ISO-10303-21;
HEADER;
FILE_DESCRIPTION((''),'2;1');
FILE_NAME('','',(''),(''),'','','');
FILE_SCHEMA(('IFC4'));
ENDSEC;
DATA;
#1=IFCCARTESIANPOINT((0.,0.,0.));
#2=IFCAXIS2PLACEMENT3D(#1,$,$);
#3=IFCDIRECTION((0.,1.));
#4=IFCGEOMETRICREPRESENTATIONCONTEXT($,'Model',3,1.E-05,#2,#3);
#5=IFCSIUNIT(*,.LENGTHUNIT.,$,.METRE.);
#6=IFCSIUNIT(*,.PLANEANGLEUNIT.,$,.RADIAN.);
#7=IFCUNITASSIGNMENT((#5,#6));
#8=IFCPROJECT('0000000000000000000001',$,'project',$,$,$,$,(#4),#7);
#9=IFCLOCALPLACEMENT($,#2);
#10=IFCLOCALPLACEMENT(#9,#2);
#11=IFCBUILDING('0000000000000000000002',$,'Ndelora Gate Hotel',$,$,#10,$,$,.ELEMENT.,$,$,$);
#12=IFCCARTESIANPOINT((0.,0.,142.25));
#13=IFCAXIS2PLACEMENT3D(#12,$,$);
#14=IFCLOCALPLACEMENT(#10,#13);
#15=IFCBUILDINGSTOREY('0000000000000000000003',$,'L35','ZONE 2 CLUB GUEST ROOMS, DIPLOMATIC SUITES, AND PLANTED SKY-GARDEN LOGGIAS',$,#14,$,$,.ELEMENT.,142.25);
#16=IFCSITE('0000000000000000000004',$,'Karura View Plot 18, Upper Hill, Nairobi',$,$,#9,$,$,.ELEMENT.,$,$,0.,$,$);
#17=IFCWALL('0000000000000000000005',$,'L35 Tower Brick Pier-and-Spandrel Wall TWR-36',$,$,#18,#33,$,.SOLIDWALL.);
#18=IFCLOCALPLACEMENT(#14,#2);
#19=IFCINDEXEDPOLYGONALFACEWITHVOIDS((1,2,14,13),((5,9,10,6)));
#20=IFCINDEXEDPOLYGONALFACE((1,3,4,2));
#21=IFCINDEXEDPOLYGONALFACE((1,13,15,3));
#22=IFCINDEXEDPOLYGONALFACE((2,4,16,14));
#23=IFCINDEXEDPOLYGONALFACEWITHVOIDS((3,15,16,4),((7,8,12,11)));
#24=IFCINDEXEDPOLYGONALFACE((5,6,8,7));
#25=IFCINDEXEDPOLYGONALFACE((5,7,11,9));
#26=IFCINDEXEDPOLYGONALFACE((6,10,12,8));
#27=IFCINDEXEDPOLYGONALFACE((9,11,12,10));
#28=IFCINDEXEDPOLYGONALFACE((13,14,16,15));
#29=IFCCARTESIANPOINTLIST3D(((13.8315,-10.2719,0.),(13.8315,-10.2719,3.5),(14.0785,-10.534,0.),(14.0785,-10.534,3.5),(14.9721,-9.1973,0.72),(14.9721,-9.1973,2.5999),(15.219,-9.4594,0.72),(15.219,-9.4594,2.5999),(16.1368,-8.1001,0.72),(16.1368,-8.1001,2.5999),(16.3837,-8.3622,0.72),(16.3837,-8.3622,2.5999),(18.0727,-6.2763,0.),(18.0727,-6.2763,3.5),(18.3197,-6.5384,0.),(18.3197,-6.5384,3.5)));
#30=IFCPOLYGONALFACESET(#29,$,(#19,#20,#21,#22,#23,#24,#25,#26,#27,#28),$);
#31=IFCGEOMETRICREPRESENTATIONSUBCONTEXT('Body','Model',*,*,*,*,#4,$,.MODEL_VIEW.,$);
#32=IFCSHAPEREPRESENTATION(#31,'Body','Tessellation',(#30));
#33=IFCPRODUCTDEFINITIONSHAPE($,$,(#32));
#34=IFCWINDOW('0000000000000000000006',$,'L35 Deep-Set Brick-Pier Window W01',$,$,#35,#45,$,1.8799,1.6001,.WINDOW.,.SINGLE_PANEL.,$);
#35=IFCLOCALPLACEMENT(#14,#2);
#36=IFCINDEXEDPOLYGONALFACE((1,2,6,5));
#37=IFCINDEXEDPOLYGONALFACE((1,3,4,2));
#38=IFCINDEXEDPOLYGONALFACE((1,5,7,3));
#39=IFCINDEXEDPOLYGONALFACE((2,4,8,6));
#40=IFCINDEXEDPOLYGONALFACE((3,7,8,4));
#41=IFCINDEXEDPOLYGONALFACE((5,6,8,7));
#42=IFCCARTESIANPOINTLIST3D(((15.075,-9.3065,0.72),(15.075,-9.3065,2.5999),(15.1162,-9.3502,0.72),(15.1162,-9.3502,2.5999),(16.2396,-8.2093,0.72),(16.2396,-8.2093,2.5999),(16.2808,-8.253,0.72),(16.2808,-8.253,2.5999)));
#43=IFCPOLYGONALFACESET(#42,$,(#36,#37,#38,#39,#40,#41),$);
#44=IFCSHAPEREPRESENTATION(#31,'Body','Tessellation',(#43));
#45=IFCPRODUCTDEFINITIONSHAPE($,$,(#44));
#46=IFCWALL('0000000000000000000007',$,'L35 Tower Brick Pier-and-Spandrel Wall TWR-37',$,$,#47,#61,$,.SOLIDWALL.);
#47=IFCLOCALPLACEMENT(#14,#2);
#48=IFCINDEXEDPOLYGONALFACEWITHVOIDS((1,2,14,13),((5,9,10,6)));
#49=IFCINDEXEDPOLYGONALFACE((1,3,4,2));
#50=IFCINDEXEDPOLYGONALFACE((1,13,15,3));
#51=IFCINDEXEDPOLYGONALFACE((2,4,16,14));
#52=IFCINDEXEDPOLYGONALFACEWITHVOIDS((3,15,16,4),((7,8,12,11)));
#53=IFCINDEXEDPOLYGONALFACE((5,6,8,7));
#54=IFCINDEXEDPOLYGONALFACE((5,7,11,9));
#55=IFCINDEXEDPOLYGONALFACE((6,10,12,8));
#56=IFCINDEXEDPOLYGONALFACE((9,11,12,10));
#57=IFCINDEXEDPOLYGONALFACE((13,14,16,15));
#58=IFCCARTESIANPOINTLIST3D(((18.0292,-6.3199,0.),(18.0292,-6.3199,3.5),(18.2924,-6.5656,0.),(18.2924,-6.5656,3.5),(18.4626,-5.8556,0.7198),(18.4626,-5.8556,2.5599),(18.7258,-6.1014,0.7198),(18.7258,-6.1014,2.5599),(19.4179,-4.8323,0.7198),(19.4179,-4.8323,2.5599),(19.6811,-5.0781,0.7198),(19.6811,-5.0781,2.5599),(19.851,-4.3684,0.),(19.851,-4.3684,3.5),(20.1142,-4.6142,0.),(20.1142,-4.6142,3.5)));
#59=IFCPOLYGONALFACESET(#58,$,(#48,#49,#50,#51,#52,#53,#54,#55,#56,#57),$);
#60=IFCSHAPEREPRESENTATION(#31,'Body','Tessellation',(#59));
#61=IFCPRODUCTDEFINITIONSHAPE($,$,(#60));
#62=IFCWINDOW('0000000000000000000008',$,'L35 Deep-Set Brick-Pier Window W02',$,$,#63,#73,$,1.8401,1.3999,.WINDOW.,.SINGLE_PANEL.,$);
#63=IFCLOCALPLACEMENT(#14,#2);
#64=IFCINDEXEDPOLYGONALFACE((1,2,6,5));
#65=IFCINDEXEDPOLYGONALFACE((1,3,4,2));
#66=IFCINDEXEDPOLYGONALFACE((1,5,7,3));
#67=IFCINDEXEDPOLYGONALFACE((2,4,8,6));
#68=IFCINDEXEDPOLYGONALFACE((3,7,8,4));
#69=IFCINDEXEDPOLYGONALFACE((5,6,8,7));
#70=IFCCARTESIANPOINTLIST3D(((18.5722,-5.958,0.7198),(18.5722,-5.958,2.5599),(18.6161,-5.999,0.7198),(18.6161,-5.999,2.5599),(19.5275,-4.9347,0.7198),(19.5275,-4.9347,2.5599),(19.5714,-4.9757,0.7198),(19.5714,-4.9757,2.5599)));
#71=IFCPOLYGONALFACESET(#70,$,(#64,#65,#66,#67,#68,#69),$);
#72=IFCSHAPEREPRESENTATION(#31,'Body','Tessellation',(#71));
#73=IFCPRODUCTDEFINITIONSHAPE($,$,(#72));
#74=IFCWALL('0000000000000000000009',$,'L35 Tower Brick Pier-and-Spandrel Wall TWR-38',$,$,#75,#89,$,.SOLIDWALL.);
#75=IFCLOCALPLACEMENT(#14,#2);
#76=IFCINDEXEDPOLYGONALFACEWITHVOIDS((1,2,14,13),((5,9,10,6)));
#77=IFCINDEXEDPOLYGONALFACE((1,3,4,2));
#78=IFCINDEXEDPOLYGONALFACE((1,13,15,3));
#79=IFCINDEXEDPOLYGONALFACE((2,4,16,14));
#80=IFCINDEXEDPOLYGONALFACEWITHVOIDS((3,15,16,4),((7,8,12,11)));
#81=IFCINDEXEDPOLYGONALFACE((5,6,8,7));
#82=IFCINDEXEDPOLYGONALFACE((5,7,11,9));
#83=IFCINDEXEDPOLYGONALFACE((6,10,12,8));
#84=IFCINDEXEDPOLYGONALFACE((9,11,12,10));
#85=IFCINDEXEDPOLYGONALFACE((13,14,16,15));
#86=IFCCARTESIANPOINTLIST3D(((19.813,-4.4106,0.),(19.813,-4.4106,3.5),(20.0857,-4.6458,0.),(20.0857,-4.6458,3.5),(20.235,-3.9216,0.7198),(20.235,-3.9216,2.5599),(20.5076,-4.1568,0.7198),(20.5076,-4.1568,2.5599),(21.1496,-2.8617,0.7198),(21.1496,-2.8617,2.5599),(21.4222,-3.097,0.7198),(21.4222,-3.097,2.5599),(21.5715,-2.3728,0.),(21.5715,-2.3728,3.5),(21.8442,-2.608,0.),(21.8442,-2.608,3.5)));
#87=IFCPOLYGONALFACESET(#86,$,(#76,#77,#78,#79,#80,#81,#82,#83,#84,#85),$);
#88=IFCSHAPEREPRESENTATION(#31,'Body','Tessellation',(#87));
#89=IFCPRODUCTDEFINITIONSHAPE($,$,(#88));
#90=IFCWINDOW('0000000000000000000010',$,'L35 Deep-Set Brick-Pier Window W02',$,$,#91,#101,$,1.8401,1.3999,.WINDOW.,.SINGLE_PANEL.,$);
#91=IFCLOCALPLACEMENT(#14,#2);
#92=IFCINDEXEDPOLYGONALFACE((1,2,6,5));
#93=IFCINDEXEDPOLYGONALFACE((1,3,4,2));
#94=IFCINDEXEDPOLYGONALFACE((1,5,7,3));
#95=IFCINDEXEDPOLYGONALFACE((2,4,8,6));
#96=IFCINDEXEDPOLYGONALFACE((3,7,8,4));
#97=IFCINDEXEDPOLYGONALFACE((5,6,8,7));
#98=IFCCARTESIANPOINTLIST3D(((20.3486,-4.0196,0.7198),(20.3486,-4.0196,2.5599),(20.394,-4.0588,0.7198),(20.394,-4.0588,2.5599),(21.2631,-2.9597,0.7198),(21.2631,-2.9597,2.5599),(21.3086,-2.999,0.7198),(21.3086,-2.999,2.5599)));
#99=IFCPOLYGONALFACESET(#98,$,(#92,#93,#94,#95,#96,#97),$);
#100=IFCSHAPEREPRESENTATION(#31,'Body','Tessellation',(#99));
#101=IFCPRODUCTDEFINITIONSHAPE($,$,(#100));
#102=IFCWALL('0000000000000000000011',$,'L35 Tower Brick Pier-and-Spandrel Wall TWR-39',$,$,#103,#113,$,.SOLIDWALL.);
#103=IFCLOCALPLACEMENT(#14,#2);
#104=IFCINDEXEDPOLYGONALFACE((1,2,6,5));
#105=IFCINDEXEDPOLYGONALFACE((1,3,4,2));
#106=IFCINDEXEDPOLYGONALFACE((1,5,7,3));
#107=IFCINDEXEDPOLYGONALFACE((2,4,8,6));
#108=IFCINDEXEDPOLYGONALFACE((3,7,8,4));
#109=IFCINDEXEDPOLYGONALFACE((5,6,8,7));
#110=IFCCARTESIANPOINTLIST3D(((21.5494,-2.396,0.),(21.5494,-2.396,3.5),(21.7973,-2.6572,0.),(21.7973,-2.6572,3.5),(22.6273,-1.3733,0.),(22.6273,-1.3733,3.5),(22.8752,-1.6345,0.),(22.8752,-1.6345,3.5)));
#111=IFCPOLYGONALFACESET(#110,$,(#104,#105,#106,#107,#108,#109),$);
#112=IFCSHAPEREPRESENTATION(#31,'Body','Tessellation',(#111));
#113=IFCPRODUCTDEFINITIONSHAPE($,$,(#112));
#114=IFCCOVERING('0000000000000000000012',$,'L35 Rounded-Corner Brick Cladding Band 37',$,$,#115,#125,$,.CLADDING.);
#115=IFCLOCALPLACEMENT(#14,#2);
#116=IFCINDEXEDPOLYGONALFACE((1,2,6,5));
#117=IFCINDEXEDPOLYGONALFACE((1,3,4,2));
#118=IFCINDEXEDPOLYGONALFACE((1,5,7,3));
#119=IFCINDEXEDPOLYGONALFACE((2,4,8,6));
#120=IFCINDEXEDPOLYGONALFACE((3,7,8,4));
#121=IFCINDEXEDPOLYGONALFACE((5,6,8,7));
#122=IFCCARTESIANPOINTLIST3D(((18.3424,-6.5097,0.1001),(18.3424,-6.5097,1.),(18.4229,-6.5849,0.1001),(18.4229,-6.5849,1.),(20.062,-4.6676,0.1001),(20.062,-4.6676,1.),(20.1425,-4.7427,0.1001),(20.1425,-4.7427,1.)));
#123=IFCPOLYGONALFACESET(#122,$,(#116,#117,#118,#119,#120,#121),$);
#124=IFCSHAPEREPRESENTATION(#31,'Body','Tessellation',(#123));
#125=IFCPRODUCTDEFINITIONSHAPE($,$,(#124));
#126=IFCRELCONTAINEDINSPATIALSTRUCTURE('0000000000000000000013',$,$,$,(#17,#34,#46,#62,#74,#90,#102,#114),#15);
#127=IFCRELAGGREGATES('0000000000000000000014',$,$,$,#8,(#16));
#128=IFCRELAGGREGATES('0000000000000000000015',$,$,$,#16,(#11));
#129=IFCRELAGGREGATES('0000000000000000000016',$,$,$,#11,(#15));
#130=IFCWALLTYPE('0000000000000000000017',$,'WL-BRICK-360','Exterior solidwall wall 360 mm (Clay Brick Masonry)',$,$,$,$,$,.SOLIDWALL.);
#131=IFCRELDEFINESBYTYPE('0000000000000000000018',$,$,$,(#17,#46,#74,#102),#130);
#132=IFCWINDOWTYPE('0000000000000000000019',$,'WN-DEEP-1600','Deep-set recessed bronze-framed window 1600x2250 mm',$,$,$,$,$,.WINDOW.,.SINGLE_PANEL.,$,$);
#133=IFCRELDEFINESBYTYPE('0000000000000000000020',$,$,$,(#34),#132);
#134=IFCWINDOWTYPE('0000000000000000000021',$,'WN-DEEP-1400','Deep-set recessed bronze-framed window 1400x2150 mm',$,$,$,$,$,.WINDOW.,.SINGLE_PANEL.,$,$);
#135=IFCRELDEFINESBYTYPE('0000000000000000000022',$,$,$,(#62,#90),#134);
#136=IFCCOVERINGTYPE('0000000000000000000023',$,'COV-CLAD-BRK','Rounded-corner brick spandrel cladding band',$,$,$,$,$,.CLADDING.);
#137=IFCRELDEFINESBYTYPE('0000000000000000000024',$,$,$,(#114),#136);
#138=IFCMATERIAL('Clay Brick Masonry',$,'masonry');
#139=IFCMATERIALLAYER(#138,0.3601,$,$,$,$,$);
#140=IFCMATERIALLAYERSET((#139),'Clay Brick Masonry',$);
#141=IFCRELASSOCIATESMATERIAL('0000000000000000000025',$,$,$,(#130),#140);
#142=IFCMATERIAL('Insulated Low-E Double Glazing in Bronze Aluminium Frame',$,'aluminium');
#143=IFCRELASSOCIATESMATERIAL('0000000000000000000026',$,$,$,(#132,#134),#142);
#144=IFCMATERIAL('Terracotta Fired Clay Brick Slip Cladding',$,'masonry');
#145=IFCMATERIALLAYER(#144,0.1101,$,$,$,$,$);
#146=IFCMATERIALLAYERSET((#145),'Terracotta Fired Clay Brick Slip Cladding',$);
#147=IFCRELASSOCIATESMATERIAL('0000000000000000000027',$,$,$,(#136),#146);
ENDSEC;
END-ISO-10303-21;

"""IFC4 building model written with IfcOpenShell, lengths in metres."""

from ifc_helpers import new_model, si_unit, direction, frame, frame_2d, origin, origin_2d, place, context, subcontext, project, spatial, rectangle, extrude, material, layer, layer_set, type_object, element, fill, save


model = new_model("IFC4")

# Units and contexts
model_context = context("Model", 3, precision=1e-05, world=origin(), true_north=direction((0.0, 1.0)))
body_context = subcontext(model_context, "Body", "Model", "MODEL_VIEW")
ifc_project = project(units=[si_unit("LENGTHUNIT", "METRE"), si_unit("PLANEANGLEUNIT", "RADIAN")], contexts=[model_context])

# Site, building, storey
site_placement = place(None, origin())
site = spatial("IfcSite", under=ifc_project, at=site_placement, Name="Karura View Plot 18, Upper Hill, Nairobi", CompositionType="ELEMENT", RefElevation=0.0)
building_placement = place(site_placement, origin())
building = spatial("IfcBuilding", under=site, at=building_placement, Name="Ndelora Gate Hotel", CompositionType="ELEMENT")
storey_placement = place(building_placement, frame((0.0, 0.0, 142.25)))
storey = spatial("IfcBuildingStorey", under=building, at=storey_placement, Name="L35", Description="ZONE 2 CLUB GUEST ROOMS, DIPLOMATIC SUITES, AND PLANTED SKY-GARDEN LOGGIAS", CompositionType="ELEMENT", Elevation=142.25)

# Walls, openings, windows
ifc_material_1 = material(Name="Clay Brick Masonry", Category="masonry")
ifc_layer_1 = layer(ifc_material_1, 0.3601)
ifc_layer_set_1 = layer_set([ifc_layer_1], Name="Clay Brick Masonry")
wall_type = type_object("IfcWallType", Name="WL-BRICK-360", Description="Exterior solidwall wall 360 mm (Clay Brick Masonry)", PredefinedType="SOLIDWALL", material=ifc_layer_set_1)
wall_1_placement = place(storey_placement, frame((18.1963, -6.4072, 0.0), z_axis=(0.0, 0.0, 1.0), x_axis=(-0.727868, -0.685717, 0.0)))
wall_1 = element("IfcWall", 1, at=wall_1_placement, inside=storey, type_object=wall_type, Name="L35 Tower Brick Pier-and-Spandrel Wall TWR-36", PredefinedType="SOLIDWALL", context=body_context, shape_type="SweptSolid", body=[
    extrude(rectangle(XDim=5.8269, YDim=0.3601, at=frame_2d((2.9136, 0.0))), origin(), (0.0, 0.0, 1.0), 3.5),
])
opening_1_placement = place(wall_1_placement, frame((2.6599, 0.0, 0.72)))
opening_1 = element("IfcOpeningElement", 2, at=opening_1_placement, cuts=wall_1, PredefinedType="OPENING", context=body_context, shape_type="SweptSolid", body=[
    extrude(rectangle(XDim=1.6001, YDim=1.8799, at=frame_2d((0.8, 0.9399))), frame((0.0, 0.1899, 0.0), z_axis=(0.0, -1.0, 0.0), x_axis=(1.0, 0.0, 0.0)), (0.0, 0.0, 1.0), 0.3801),
])
ifc_material_2 = material(Name="Insulated Low-E Double Glazing in Bronze Aluminium Frame", Category="aluminium")
window_type_1 = type_object("IfcWindowType", Name="WN-DEEP-1600", Description="Deep-set recessed bronze-framed window 1600x2250 mm", PartitioningType="SINGLE_PANEL", PredefinedType="WINDOW", material=ifc_material_2)
window_1_placement = place(opening_1_placement, origin())
window_1 = element("IfcWindow", 3, at=window_1_placement, inside=storey, type_object=window_type_1, Name="L35 Deep-Set Brick-Pier Window W01", OverallHeight=1.8799, OverallWidth=1.6001, PartitioningType="SINGLE_PANEL", PredefinedType="WINDOW", context=body_context, shape_type="SweptSolid", body=[
    extrude(rectangle(XDim=1.6001, YDim=1.8799, at=frame_2d((0.8, 0.9399))), frame((0.0, 0.03, 0.0), z_axis=(0.0, -1.0, 0.0), x_axis=(1.0, 0.0, 0.0)), (0.0, 0.0, 1.0), 0.0601),
])
fill(opening_1, window_1)
wall_2_placement = place(storey_placement, frame((19.9827, -4.4912, 0.0), z_axis=(0.0, 0.0, 1.0), x_axis=(-0.682409, -0.73097, 0.0)))
wall_2 = element("IfcWall", 4, at=wall_2_placement, inside=storey, type_object=wall_type, Name="L35 Tower Brick Pier-and-Spandrel Wall TWR-37", PredefinedType="SOLIDWALL", context=body_context, shape_type="SweptSolid", body=[
    extrude(rectangle(XDim=2.6697, YDim=0.3601, at=frame_2d((1.335, 0.0))), origin(), (0.0, 0.0, 1.0), 3.5),
])
opening_2_placement = place(wall_2_placement, frame((0.6348, 0.0, 0.72)))
opening_2 = element("IfcOpeningElement", 5, at=opening_2_placement, cuts=wall_2, PredefinedType="OPENING", context=body_context, shape_type="SweptSolid", body=[
    extrude(rectangle(XDim=1.3999, YDim=1.8401, at=frame_2d((0.7, 0.9199))), frame((0.0, 0.1899, 0.0), z_axis=(0.0, -1.0, 0.0), x_axis=(1.0, 0.0, 0.0)), (0.0, 0.0, 1.0), 0.3801),
])
window_type_2 = type_object("IfcWindowType", Name="WN-DEEP-1400", Description="Deep-set recessed bronze-framed window 1400x2150 mm", PartitioningType="SINGLE_PANEL", PredefinedType="WINDOW", material=ifc_material_2)
window_2_placement = place(opening_2_placement, origin())
window_2 = element("IfcWindow", 6, at=window_2_placement, inside=storey, type_object=window_type_2, Name="L35 Deep-Set Brick-Pier Window W02", OverallHeight=1.8401, OverallWidth=1.3999, PartitioningType="SINGLE_PANEL", PredefinedType="WINDOW", context=body_context, shape_type="SweptSolid", body=[
    extrude(rectangle(XDim=1.3999, YDim=1.8401, at=frame_2d((0.7, 0.9199))), frame((0.0, 0.03, 0.0), z_axis=(0.0, -1.0, 0.0), x_axis=(1.0, 0.0, 0.0)), (0.0, 0.0, 1.0), 0.0601),
])
fill(opening_2, window_2)
wall_3_placement = place(storey_placement, frame((21.7078, -2.4905, 0.0), z_axis=(0.0, 0.0, 1.0), x_axis=(-0.65332, -0.757082, 0.0)))
wall_3 = element("IfcWall", 7, at=wall_3_placement, inside=storey, type_object=wall_type, Name="L35 Tower Brick Pier-and-Spandrel Wall TWR-38", PredefinedType="SOLIDWALL", context=body_context, shape_type="SweptSolid", body=[
    extrude(rectangle(XDim=2.6917, YDim=0.3601, at=frame_2d((1.3457, 0.0))), origin(), (0.0, 0.0, 1.0), 3.5),
])
opening_3_placement = place(wall_3_placement, frame((0.6458, 0.0, 0.72)))
opening_3 = element("IfcOpeningElement", 8, at=opening_3_placement, cuts=wall_3, PredefinedType="OPENING", context=body_context, shape_type="SweptSolid", body=[
    extrude(rectangle(XDim=1.3999, YDim=1.8401, at=frame_2d((0.7, 0.9199))), frame((0.0, 0.1899, 0.0), z_axis=(0.0, -1.0, 0.0), x_axis=(1.0, 0.0, 0.0)), (0.0, 0.0, 1.0), 0.3801),
])
window_3_placement = place(opening_3_placement, origin())
window_3 = element("IfcWindow", 9, at=window_3_placement, inside=storey, type_object=window_type_2, Name="L35 Deep-Set Brick-Pier Window W02", OverallHeight=1.8401, OverallWidth=1.3999, PartitioningType="SINGLE_PANEL", PredefinedType="WINDOW", context=body_context, shape_type="SweptSolid", body=[
    extrude(rectangle(XDim=1.3999, YDim=1.8401, at=frame_2d((0.7, 0.9199))), frame((0.0, 0.03, 0.0), z_axis=(0.0, -1.0, 0.0), x_axis=(1.0, 0.0, 0.0)), (0.0, 0.0, 1.0), 0.0601),
])
fill(opening_3, window_3)

# Wall
wall_4_placement = place(storey_placement, frame((22.7512, -1.5039, 0.0), z_axis=(0.0, 0.0, 1.0), x_axis=(-0.72543, -0.688296, 0.0)))
element("IfcWall", 10, at=wall_4_placement, inside=storey, type_object=wall_type, Name="L35 Tower Brick Pier-and-Spandrel Wall TWR-39", PredefinedType="SOLIDWALL", context=body_context, shape_type="SweptSolid", body=[
    extrude(rectangle(XDim=1.4858, YDim=0.3601, at=frame_2d((0.7429, 0.0))), origin(), (0.0, 0.0, 1.0), 3.5),
])

# Covering
ifc_material_3 = material(Name="Terracotta Fired Clay Brick Slip Cladding", Category="masonry")
ifc_layer_2 = layer(ifc_material_3, 0.1101)
ifc_layer_set_2 = layer_set([ifc_layer_2], Name="Terracotta Fired Clay Brick Slip Cladding")
covering_type = type_object("IfcCoveringType", Name="COV-CLAD-BRK", Description="Rounded-corner brick spandrel cladding band", PredefinedType="CLADDING", material=ifc_layer_set_2)
covering_placement = place(storey_placement, frame((19.2424, -5.6262, 0.1001), z_axis=(0.0, 0.0, 1.0), x_axis=(0.682381, 0.730997, 0.0)))
element("IfcCovering", 11, at=covering_placement, inside=storey, type_object=covering_type, Name="L35 Rounded-Corner Brick Cladding Band 37", PredefinedType="CLADDING", context=body_context, shape_type="SweptSolid", body=[
    extrude(rectangle(XDim=2.52, YDim=0.1101, at=origin_2d()), origin(), (0.0, 0.0, 1.0), 0.8999),
])

save(model, "model.ifc")
